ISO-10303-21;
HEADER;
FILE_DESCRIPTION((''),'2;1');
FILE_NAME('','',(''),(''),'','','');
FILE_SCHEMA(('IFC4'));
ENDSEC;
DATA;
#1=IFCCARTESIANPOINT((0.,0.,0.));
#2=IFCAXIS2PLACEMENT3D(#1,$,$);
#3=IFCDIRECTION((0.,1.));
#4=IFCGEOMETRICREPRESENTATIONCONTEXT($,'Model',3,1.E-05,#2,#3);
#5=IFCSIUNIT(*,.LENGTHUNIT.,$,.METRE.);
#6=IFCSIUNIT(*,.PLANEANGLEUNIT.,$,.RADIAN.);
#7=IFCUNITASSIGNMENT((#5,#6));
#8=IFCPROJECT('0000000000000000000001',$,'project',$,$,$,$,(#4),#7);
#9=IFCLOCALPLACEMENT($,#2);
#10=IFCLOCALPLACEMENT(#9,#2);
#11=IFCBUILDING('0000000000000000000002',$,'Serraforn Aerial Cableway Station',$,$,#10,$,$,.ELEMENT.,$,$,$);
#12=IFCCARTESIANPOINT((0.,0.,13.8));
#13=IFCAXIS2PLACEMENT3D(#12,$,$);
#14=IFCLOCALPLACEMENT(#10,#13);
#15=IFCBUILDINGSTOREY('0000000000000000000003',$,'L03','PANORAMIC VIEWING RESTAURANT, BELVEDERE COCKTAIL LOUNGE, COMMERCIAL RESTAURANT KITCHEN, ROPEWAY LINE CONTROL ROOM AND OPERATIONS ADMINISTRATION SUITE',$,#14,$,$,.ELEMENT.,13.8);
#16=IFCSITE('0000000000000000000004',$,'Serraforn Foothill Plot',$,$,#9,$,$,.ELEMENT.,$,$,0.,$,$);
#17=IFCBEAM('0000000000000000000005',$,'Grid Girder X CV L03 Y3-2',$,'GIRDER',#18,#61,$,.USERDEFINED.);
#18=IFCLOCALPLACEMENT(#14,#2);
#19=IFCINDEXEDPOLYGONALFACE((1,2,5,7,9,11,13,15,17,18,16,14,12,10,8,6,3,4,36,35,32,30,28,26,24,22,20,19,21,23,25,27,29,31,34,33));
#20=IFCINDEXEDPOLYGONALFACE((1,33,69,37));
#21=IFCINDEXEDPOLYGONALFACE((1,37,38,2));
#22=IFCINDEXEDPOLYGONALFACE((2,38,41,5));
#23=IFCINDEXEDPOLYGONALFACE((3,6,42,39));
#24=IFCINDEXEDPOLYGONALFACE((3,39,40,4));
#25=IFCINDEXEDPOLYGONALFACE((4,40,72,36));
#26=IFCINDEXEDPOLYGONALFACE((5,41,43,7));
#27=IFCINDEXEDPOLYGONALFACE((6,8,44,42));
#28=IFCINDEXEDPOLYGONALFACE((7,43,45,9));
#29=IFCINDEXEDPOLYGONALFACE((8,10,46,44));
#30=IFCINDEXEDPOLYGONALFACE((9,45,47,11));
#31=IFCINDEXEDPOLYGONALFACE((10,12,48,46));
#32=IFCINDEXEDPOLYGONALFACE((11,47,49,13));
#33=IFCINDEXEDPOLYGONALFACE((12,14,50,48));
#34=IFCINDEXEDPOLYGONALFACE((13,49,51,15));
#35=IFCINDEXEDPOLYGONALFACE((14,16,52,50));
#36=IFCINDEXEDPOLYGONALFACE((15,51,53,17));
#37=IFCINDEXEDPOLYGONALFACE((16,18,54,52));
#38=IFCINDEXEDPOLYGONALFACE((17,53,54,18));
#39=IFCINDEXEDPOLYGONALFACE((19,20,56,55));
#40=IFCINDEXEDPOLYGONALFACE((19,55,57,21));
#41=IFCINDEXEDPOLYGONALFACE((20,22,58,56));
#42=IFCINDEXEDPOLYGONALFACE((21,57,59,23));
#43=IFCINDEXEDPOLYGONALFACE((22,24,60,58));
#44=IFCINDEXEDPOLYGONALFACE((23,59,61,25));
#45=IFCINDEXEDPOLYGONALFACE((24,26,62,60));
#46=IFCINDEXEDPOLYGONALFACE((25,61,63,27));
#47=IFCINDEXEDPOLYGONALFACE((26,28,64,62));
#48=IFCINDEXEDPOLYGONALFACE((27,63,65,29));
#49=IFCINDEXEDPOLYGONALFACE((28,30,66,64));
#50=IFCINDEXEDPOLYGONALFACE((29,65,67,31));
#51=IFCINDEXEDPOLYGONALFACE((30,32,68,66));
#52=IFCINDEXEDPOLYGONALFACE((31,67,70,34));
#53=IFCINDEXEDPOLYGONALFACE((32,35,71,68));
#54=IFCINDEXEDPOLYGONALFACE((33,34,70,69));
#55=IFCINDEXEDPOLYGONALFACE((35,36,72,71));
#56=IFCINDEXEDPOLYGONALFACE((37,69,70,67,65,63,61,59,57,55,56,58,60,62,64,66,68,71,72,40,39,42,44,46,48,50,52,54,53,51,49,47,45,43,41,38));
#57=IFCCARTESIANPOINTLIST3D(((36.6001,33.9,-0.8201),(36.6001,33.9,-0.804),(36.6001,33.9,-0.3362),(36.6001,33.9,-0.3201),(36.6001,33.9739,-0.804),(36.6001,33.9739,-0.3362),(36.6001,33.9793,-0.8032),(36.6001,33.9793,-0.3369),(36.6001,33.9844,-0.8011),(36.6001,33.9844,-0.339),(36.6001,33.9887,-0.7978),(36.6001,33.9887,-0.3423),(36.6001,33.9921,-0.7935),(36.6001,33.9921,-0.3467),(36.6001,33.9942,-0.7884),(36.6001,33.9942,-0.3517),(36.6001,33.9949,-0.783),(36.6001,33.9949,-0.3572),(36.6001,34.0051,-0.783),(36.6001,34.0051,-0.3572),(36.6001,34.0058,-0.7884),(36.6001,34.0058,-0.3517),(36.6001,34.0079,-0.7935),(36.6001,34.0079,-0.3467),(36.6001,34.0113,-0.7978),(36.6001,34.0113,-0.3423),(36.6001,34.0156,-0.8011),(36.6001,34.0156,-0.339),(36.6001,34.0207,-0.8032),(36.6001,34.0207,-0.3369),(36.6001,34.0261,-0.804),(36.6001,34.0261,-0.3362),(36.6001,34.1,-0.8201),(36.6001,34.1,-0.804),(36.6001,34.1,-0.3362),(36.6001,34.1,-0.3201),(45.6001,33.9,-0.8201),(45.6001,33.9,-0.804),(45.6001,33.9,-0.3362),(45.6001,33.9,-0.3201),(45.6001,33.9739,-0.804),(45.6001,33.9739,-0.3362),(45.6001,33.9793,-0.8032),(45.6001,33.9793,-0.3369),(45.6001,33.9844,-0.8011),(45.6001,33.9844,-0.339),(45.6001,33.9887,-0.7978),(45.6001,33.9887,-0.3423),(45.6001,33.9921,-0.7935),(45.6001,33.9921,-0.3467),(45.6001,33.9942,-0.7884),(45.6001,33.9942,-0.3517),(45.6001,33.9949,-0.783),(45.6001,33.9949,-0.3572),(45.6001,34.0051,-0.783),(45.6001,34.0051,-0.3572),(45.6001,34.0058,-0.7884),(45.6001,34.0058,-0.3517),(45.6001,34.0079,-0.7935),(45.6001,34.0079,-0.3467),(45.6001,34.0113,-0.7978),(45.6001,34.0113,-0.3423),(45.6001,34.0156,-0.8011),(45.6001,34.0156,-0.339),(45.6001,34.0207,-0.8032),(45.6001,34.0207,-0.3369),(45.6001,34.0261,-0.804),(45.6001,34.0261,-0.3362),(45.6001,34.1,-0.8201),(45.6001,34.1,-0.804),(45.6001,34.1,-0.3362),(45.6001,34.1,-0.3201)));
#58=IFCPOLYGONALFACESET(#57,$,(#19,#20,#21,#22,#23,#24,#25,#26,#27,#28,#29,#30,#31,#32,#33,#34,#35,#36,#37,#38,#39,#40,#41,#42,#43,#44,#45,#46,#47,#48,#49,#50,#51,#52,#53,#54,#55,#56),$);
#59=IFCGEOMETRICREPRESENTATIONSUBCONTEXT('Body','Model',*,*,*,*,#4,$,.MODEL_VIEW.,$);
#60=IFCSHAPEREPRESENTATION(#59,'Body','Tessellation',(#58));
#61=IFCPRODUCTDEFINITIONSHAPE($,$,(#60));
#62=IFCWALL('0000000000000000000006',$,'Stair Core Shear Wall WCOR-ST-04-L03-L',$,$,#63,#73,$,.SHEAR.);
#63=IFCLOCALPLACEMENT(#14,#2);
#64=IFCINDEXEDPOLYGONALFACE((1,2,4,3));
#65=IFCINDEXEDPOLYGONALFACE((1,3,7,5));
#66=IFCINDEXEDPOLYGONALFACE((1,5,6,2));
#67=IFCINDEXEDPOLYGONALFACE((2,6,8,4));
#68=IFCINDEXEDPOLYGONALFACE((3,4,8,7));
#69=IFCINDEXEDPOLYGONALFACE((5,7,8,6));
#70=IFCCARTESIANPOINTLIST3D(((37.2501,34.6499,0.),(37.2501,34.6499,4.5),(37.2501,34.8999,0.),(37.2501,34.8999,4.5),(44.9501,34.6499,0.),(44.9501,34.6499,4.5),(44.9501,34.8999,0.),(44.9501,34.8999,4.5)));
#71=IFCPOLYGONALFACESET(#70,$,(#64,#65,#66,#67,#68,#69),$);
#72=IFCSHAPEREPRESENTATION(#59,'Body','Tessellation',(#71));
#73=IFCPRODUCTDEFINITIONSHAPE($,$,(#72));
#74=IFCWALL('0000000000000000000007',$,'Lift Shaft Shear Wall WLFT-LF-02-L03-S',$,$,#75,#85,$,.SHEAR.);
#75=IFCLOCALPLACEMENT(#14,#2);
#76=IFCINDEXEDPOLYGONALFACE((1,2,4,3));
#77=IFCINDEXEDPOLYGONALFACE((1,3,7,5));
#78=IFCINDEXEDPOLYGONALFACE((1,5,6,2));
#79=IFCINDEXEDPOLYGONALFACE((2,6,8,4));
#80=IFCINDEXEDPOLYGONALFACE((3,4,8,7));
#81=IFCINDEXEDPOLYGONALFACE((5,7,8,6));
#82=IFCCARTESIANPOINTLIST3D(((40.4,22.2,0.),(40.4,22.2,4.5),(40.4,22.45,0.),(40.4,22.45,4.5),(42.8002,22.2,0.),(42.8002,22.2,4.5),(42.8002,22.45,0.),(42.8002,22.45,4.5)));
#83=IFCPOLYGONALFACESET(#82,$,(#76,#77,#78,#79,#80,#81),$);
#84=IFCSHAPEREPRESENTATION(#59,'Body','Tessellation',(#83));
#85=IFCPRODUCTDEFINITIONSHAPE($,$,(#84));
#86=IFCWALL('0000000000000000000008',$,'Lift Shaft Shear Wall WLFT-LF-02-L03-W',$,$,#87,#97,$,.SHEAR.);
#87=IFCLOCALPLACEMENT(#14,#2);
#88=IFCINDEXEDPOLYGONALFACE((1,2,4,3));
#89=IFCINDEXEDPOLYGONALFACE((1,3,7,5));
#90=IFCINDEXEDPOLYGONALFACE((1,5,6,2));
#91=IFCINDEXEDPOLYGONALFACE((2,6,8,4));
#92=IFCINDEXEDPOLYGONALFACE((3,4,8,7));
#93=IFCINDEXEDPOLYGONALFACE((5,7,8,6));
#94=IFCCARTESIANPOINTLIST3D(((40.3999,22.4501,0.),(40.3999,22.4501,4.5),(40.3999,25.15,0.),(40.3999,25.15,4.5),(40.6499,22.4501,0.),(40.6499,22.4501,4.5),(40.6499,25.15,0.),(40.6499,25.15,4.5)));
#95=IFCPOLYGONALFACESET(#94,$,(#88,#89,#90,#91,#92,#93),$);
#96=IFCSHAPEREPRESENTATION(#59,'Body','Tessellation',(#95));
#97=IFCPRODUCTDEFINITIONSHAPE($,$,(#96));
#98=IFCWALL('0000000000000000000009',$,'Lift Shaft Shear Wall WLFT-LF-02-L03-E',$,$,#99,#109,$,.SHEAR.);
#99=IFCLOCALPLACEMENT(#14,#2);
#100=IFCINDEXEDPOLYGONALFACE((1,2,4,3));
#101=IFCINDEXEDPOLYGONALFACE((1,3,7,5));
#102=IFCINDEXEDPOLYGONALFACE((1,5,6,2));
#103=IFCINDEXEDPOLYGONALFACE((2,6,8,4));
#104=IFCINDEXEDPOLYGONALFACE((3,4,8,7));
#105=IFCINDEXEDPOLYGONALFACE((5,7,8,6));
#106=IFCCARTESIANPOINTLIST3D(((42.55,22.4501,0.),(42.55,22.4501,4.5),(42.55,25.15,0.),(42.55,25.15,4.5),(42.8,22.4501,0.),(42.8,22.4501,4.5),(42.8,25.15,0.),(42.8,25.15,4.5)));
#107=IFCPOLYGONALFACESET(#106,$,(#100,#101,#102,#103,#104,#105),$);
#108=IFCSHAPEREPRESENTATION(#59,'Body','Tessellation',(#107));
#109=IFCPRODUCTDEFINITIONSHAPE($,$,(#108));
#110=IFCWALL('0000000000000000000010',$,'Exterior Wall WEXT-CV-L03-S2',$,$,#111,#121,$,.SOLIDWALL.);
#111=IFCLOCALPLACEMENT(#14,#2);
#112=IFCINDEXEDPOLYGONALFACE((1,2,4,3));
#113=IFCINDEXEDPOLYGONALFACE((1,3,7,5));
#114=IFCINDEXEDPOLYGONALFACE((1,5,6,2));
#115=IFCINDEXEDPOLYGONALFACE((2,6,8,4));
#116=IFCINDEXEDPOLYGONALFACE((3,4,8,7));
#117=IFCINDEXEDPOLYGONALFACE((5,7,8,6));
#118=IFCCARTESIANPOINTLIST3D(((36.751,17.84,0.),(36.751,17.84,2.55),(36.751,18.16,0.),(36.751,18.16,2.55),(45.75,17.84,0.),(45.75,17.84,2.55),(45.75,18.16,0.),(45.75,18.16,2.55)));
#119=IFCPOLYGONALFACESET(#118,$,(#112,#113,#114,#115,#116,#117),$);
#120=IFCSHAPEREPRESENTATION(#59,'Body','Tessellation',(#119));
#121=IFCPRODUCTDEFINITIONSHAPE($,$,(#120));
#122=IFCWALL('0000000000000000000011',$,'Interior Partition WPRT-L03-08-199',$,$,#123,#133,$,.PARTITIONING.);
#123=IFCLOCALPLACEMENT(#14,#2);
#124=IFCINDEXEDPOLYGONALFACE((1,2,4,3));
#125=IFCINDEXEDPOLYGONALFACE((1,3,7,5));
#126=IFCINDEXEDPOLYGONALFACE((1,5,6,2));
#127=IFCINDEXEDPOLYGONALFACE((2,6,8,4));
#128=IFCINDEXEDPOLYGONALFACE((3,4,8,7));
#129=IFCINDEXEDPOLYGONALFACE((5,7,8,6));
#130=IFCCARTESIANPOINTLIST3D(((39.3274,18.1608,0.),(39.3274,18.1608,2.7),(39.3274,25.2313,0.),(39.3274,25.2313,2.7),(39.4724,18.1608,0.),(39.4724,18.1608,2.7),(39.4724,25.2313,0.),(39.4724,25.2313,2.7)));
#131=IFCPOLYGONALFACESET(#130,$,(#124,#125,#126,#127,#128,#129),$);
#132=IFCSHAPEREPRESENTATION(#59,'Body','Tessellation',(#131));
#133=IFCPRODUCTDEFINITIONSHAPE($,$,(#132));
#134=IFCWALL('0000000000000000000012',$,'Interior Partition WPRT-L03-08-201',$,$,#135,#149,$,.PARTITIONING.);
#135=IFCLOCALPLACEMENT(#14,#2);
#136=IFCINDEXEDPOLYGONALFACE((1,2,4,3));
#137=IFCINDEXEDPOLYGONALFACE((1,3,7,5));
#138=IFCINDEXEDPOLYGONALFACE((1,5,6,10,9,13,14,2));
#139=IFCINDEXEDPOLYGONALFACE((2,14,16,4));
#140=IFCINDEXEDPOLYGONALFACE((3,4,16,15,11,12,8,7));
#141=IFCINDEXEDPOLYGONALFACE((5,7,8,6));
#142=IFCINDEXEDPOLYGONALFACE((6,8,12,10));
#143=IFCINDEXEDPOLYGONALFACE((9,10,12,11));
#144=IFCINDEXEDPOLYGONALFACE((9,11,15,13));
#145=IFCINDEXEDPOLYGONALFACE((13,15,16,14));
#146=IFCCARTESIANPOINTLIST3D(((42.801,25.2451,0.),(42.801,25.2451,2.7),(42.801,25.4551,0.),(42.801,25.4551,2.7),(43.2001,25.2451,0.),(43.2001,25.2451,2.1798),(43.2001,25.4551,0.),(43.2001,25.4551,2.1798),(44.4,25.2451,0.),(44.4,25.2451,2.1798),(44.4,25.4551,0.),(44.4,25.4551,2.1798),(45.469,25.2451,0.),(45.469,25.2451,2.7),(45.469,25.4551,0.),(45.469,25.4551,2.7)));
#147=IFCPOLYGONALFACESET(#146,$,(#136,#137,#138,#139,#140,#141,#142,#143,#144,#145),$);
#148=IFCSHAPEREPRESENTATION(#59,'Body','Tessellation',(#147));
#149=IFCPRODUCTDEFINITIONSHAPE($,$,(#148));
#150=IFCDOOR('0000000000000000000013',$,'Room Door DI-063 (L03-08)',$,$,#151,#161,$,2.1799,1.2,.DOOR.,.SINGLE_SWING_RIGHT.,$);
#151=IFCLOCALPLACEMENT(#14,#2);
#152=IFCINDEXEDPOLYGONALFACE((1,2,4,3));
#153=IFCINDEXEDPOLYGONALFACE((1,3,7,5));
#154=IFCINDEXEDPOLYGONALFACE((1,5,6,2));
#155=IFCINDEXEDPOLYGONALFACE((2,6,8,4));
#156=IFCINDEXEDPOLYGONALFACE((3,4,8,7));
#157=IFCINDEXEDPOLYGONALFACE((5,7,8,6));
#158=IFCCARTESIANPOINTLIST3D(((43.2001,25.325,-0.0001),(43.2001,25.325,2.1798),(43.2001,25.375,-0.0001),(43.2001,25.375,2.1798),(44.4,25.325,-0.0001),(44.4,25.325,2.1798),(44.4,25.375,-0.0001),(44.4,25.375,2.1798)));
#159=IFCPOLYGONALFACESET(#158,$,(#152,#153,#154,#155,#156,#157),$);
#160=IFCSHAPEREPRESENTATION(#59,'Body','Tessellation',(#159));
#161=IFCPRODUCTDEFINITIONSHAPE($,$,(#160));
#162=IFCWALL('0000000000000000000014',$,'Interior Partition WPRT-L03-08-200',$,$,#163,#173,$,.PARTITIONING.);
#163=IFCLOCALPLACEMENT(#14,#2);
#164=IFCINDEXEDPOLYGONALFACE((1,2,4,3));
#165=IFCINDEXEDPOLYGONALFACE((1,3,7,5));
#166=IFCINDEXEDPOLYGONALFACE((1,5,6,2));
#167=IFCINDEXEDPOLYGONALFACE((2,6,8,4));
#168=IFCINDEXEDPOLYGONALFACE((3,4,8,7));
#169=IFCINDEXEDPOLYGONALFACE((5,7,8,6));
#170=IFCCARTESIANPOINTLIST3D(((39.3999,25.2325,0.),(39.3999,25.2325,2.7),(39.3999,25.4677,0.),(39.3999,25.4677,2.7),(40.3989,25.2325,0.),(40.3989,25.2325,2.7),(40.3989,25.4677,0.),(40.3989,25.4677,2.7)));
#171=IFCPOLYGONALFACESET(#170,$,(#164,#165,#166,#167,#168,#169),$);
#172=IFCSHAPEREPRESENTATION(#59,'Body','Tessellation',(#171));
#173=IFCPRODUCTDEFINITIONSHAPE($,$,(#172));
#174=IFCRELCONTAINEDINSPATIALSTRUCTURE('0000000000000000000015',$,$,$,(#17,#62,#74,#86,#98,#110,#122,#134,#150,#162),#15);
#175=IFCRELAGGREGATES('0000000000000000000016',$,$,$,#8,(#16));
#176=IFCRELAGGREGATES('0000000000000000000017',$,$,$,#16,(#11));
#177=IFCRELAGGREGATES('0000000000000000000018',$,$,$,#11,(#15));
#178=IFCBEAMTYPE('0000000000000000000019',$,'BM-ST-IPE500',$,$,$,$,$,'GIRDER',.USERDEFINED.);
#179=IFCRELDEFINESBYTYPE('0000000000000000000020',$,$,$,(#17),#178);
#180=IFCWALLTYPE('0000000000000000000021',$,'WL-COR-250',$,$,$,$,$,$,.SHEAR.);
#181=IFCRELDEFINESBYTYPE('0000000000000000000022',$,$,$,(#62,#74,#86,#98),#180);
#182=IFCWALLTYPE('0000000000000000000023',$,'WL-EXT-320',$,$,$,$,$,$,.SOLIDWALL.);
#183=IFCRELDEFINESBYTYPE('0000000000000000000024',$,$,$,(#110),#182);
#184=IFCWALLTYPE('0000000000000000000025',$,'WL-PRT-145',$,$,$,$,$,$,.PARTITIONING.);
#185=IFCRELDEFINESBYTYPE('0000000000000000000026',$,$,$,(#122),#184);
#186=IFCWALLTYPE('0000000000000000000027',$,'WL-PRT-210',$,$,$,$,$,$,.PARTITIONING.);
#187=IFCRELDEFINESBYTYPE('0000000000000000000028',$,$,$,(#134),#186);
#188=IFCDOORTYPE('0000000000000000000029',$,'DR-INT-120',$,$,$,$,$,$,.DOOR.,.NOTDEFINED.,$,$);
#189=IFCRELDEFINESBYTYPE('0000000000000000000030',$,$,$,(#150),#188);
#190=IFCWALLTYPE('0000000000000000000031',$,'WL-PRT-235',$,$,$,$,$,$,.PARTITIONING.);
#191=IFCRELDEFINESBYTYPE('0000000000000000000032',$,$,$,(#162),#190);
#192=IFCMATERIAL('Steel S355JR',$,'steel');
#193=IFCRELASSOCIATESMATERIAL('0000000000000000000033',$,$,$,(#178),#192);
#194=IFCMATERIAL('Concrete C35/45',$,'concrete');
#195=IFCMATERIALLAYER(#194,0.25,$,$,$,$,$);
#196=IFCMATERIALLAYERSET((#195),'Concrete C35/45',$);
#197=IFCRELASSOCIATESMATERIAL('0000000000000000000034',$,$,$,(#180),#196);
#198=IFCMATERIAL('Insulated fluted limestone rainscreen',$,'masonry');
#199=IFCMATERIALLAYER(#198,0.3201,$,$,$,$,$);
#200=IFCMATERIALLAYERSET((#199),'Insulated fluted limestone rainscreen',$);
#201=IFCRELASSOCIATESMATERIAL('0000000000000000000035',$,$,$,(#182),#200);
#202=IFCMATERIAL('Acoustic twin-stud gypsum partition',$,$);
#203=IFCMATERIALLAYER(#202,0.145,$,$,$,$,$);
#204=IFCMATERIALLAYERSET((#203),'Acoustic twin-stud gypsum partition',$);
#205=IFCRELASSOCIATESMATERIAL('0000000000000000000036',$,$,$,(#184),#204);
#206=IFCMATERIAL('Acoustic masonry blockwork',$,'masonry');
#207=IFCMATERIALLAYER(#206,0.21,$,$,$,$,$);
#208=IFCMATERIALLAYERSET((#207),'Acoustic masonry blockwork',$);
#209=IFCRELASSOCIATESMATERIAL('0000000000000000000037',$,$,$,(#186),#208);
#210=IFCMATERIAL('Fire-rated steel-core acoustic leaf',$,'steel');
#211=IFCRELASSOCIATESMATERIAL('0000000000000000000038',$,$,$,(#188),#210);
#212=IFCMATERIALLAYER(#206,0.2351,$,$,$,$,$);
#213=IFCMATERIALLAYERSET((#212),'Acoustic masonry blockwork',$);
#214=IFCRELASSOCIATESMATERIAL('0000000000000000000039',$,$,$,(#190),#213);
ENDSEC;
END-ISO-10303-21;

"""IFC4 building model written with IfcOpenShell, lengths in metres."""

from ifc_helpers import new_model, si_unit, direction, frame, frame_2d, origin, origin_2d, place, context, subcontext, project, spatial, rectangle, i_section, extrude, material, layer, layer_set, material_profile, profile_set, type_object, element, fill, save


model = new_model("IFC4")

# Units and contexts
model_context = context("Model", 3, precision=1e-05, world=origin(), true_north=direction((0.0, 1.0)))
body_context = subcontext(model_context, "Body", "Model", "MODEL_VIEW")
ifc_project = project(units=[si_unit("LENGTHUNIT", "METRE"), si_unit("PLANEANGLEUNIT", "RADIAN")], contexts=[model_context])

# Site, building, storey
site_placement = place(None, origin())
site = spatial("IfcSite", under=ifc_project, at=site_placement, Name="Serraforn Foothill Plot", CompositionType="ELEMENT", RefElevation=0.0)
building_placement = place(site_placement, origin())
building = spatial("IfcBuilding", under=site, at=building_placement, Name="Serraforn Aerial Cableway Station", CompositionType="ELEMENT")
storey_placement = place(building_placement, frame((0.0, 0.0, 13.8)))
storey = spatial("IfcBuildingStorey", under=building, at=storey_placement, Name="L03", Description="PANORAMIC VIEWING RESTAURANT, BELVEDERE COCKTAIL LOUNGE, COMMERCIAL RESTAURANT KITCHEN, ROPEWAY LINE CONTROL ROOM AND OPERATIONS ADMINISTRATION SUITE", CompositionType="ELEMENT", Elevation=13.8)

# Beam
ifc_material_1 = material(Name="Steel S355JR", Category="steel")
ifc_material_profile_1 = material_profile(ifc_material_1, i_section(OverallWidth=0.2, OverallDepth=0.5, WebThickness=0.0103, FlangeThickness=0.0161, FilletRadius=0.021, at=origin_2d()), Name="IPE 500")
ifc_profile_set_1 = profile_set([ifc_material_profile_1], Name="Steel S355JR")
beam_type_1 = type_object("IfcBeamType", Name="BM-ST-IPE500", ElementType="GIRDER", PredefinedType="USERDEFINED", material=ifc_profile_set_1)
beam_1_placement = place(storey_placement, frame((36.6001, 34.0, -0.5701), z_axis=(1.0, 0.0, 0.0), x_axis=(0.0, 1.0, 0.0)))
element("IfcBeam", 1, at=beam_1_placement, inside=storey, type_object=beam_type_1, Name="Grid Girder X CV L03 Y3-2", ObjectType="GIRDER", PredefinedType="USERDEFINED", context=body_context, shape_type="SweptSolid", body=[
    extrude(i_section(OverallWidth=0.2, OverallDepth=0.5, WebThickness=0.0103, FlangeThickness=0.0161, FilletRadius=0.021, at=origin_2d()), origin(), (0.0, 0.0, 1.0), 9.0),
])

# Shared definitions
ifc_material_2 = material(Name="Concrete C35/45", Category="concrete")
ifc_layer_1 = layer(ifc_material_2, 0.25)
ifc_layer_set_1 = layer_set([ifc_layer_1], Name="Concrete C35/45")
wall_type_1 = type_object("IfcWallType", Name="WL-COR-250", PredefinedType="SHEAR", material=ifc_layer_set_1)

# Walls
wall_1_placement = place(storey_placement, frame((37.25, 34.7749, 0.0), z_axis=(0.0, 0.0, 1.0), x_axis=(1.0, 0.0, 0.0)))
element("IfcWall", 2, at=wall_1_placement, inside=storey, type_object=wall_type_1, Name="Stair Core Shear Wall WCOR-ST-04-L03-L", PredefinedType="SHEAR", context=body_context, shape_type="SweptSolid", body=[
    extrude(rectangle(XDim=7.7, YDim=0.25, at=frame_2d((3.8501, 0.0))), origin(), (0.0, 0.0, 1.0), 4.5),
])
wall_2_placement = place(storey_placement, frame((40.3999, 22.325, 0.0), z_axis=(0.0, 0.0, 1.0), x_axis=(1.0, 0.0, 0.0)))
element("IfcWall", 3, at=wall_2_placement, inside=storey, type_object=wall_type_1, Name="Lift Shaft Shear Wall WLFT-LF-02-L03-S", PredefinedType="SHEAR", context=body_context, shape_type="SweptSolid", body=[
    extrude(rectangle(XDim=2.4001, YDim=0.25, at=frame_2d((1.2002, 0.0))), origin(), (0.0, 0.0, 1.0), 4.5),
])

# Walls
for number, where, z_axis, x_axis, name in (
    (4, (40.5249, 22.45, 0.0), (0.0, 0.0, 1.0), (0.0, 1.0, 0.0), "Lift Shaft Shear Wall WLFT-LF-02-L03-W"),
    (5, (42.675, 22.45, 0.0), (0.0, 0.0, 1.0), (0.0, 1.0, 0.0), "Lift Shaft Shear Wall WLFT-LF-02-L03-E"),
):
    element("IfcWall", number, at=place(storey_placement, frame(where, z_axis=z_axis, x_axis=x_axis)), inside=storey, type_object=wall_type_1, Name=name, PredefinedType="SHEAR", context=body_context, shape_type="SweptSolid", body=[
        extrude(rectangle(XDim=2.7, YDim=0.25, at=frame_2d((1.3501, 0.0))), origin(), (0.0, 0.0, 1.0), 4.5),
    ])
ifc_material_3 = material(Name="Insulated fluted limestone rainscreen", Category="masonry")
ifc_layer_2 = layer(ifc_material_3, 0.3201)
ifc_layer_set_2 = layer_set([ifc_layer_2], Name="Insulated fluted limestone rainscreen")
wall_type_2 = type_object("IfcWallType", Name="WL-EXT-320", PredefinedType="SOLIDWALL", material=ifc_layer_set_2)
wall_3_placement = place(storey_placement, frame((36.751, 18.0, 0.0), z_axis=(0.0, 0.0, 1.0), x_axis=(1.0, 0.0, 0.0)))
element("IfcWall", 6, at=wall_3_placement, inside=storey, type_object=wall_type_2, Name="Exterior Wall WEXT-CV-L03-S2", PredefinedType="SOLIDWALL", context=body_context, shape_type="SweptSolid", body=[
    extrude(rectangle(XDim=8.999, YDim=0.3201, at=frame_2d((4.4995, 0.0))), origin(), (0.0, 0.0, 1.0), 2.55),
])
ifc_material_4 = material(Name="Acoustic twin-stud gypsum partition")
ifc_layer_3 = layer(ifc_material_4, 0.145)
ifc_layer_set_3 = layer_set([ifc_layer_3], Name="Acoustic twin-stud gypsum partition")
wall_type_3 = type_object("IfcWallType", Name="WL-PRT-145", PredefinedType="PARTITIONING", material=ifc_layer_set_3)
wall_4_placement = place(storey_placement, frame((39.3999, 18.1609, 0.0), z_axis=(0.0, 0.0, 1.0), x_axis=(0.0, 1.0, 0.0)))
element("IfcWall", 7, at=wall_4_placement, inside=storey, type_object=wall_type_3, Name="Interior Partition WPRT-L03-08-199", PredefinedType="PARTITIONING", context=body_context, shape_type="SweptSolid", body=[
    extrude(rectangle(XDim=7.0706, YDim=0.145, at=frame_2d((3.5352, 0.0))), origin(), (0.0, 0.0, 1.0), 2.7),
])

# Wall, opening, door
ifc_material_5 = material(Name="Acoustic masonry blockwork", Category="masonry")
ifc_layer_4 = layer(ifc_material_5, 0.21)
ifc_layer_set_4 = layer_set([ifc_layer_4], Name="Acoustic masonry blockwork")
wall_type_4 = type_object("IfcWallType", Name="WL-PRT-210", PredefinedType="PARTITIONING", material=ifc_layer_set_4)
wall_5_placement = place(storey_placement, frame((42.801, 25.3501, 0.0), z_axis=(0.0, 0.0, 1.0), x_axis=(1.0, 0.0, 0.0)))
wall_5 = element("IfcWall", 8, at=wall_5_placement, inside=storey, type_object=wall_type_4, Name="Interior Partition WPRT-L03-08-201", PredefinedType="PARTITIONING", context=body_context, shape_type="SweptSolid", body=[
    extrude(rectangle(XDim=2.668, YDim=0.21, at=frame_2d((1.334, 0.0))), origin(), (0.0, 0.0, 1.0), 2.7),
])
opening_1_placement = place(wall_5_placement, frame((0.3989, 0.0, 0.0)))
opening_1 = element("IfcOpeningElement", 9, at=opening_1_placement, cuts=wall_5, PredefinedType="OPENING", context=body_context, shape_type="SweptSolid", body=[
    extrude(rectangle(XDim=1.2, YDim=2.1799, at=frame_2d((0.6001, 1.0898))), frame((0.0, 0.115, 0.0), z_axis=(0.0, -1.0, 0.0), x_axis=(1.0, 0.0, 0.0)), (0.0, 0.0, 1.0), 0.23),
])
ifc_material_6 = material(Name="Fire-rated steel-core acoustic leaf", Category="steel")
door_type_1 = type_object("IfcDoorType", Name="DR-INT-120", OperationType="NOTDEFINED", PredefinedType="DOOR", material=ifc_material_6)
door_1_placement = place(opening_1_placement, origin())
door_1 = element("IfcDoor", 10, at=door_1_placement, inside=storey, type_object=door_type_1, Name="Room Door DI-063 (L03-08)", OperationType="SINGLE_SWING_RIGHT", OverallHeight=2.1799, OverallWidth=1.2, PredefinedType="DOOR", context=body_context, shape_type="SweptSolid", body=[
    extrude(rectangle(XDim=1.2, YDim=2.1799, at=frame_2d((0.6001, 1.0898))), frame((0.0, 0.0249, 0.0), z_axis=(0.0, -1.0, 0.0), x_axis=(1.0, 0.0, 0.0)), (0.0, 0.0, 1.0), 0.05),
])
fill(opening_1, door_1)

# Wall
ifc_layer_5 = layer(ifc_material_5, 0.2351)
ifc_layer_set_5 = layer_set([ifc_layer_5], Name="Acoustic masonry blockwork")
wall_type_5 = type_object("IfcWallType", Name="WL-PRT-235", PredefinedType="PARTITIONING", material=ifc_layer_set_5)
wall_6_placement = place(storey_placement, frame((39.3999, 25.3501, 0.0), z_axis=(0.0, 0.0, 1.0), x_axis=(1.0, 0.0, 0.0)))
element("IfcWall", 11, at=wall_6_placement, inside=storey, type_object=wall_type_5, Name="Interior Partition WPRT-L03-08-200", PredefinedType="PARTITIONING", context=body_context, shape_type="SweptSolid", body=[
    extrude(rectangle(XDim=0.999, YDim=0.2351, at=frame_2d((0.4995, 0.0))), origin(), (0.0, 0.0, 1.0), 2.7),
])

save(model, "model.ifc")
